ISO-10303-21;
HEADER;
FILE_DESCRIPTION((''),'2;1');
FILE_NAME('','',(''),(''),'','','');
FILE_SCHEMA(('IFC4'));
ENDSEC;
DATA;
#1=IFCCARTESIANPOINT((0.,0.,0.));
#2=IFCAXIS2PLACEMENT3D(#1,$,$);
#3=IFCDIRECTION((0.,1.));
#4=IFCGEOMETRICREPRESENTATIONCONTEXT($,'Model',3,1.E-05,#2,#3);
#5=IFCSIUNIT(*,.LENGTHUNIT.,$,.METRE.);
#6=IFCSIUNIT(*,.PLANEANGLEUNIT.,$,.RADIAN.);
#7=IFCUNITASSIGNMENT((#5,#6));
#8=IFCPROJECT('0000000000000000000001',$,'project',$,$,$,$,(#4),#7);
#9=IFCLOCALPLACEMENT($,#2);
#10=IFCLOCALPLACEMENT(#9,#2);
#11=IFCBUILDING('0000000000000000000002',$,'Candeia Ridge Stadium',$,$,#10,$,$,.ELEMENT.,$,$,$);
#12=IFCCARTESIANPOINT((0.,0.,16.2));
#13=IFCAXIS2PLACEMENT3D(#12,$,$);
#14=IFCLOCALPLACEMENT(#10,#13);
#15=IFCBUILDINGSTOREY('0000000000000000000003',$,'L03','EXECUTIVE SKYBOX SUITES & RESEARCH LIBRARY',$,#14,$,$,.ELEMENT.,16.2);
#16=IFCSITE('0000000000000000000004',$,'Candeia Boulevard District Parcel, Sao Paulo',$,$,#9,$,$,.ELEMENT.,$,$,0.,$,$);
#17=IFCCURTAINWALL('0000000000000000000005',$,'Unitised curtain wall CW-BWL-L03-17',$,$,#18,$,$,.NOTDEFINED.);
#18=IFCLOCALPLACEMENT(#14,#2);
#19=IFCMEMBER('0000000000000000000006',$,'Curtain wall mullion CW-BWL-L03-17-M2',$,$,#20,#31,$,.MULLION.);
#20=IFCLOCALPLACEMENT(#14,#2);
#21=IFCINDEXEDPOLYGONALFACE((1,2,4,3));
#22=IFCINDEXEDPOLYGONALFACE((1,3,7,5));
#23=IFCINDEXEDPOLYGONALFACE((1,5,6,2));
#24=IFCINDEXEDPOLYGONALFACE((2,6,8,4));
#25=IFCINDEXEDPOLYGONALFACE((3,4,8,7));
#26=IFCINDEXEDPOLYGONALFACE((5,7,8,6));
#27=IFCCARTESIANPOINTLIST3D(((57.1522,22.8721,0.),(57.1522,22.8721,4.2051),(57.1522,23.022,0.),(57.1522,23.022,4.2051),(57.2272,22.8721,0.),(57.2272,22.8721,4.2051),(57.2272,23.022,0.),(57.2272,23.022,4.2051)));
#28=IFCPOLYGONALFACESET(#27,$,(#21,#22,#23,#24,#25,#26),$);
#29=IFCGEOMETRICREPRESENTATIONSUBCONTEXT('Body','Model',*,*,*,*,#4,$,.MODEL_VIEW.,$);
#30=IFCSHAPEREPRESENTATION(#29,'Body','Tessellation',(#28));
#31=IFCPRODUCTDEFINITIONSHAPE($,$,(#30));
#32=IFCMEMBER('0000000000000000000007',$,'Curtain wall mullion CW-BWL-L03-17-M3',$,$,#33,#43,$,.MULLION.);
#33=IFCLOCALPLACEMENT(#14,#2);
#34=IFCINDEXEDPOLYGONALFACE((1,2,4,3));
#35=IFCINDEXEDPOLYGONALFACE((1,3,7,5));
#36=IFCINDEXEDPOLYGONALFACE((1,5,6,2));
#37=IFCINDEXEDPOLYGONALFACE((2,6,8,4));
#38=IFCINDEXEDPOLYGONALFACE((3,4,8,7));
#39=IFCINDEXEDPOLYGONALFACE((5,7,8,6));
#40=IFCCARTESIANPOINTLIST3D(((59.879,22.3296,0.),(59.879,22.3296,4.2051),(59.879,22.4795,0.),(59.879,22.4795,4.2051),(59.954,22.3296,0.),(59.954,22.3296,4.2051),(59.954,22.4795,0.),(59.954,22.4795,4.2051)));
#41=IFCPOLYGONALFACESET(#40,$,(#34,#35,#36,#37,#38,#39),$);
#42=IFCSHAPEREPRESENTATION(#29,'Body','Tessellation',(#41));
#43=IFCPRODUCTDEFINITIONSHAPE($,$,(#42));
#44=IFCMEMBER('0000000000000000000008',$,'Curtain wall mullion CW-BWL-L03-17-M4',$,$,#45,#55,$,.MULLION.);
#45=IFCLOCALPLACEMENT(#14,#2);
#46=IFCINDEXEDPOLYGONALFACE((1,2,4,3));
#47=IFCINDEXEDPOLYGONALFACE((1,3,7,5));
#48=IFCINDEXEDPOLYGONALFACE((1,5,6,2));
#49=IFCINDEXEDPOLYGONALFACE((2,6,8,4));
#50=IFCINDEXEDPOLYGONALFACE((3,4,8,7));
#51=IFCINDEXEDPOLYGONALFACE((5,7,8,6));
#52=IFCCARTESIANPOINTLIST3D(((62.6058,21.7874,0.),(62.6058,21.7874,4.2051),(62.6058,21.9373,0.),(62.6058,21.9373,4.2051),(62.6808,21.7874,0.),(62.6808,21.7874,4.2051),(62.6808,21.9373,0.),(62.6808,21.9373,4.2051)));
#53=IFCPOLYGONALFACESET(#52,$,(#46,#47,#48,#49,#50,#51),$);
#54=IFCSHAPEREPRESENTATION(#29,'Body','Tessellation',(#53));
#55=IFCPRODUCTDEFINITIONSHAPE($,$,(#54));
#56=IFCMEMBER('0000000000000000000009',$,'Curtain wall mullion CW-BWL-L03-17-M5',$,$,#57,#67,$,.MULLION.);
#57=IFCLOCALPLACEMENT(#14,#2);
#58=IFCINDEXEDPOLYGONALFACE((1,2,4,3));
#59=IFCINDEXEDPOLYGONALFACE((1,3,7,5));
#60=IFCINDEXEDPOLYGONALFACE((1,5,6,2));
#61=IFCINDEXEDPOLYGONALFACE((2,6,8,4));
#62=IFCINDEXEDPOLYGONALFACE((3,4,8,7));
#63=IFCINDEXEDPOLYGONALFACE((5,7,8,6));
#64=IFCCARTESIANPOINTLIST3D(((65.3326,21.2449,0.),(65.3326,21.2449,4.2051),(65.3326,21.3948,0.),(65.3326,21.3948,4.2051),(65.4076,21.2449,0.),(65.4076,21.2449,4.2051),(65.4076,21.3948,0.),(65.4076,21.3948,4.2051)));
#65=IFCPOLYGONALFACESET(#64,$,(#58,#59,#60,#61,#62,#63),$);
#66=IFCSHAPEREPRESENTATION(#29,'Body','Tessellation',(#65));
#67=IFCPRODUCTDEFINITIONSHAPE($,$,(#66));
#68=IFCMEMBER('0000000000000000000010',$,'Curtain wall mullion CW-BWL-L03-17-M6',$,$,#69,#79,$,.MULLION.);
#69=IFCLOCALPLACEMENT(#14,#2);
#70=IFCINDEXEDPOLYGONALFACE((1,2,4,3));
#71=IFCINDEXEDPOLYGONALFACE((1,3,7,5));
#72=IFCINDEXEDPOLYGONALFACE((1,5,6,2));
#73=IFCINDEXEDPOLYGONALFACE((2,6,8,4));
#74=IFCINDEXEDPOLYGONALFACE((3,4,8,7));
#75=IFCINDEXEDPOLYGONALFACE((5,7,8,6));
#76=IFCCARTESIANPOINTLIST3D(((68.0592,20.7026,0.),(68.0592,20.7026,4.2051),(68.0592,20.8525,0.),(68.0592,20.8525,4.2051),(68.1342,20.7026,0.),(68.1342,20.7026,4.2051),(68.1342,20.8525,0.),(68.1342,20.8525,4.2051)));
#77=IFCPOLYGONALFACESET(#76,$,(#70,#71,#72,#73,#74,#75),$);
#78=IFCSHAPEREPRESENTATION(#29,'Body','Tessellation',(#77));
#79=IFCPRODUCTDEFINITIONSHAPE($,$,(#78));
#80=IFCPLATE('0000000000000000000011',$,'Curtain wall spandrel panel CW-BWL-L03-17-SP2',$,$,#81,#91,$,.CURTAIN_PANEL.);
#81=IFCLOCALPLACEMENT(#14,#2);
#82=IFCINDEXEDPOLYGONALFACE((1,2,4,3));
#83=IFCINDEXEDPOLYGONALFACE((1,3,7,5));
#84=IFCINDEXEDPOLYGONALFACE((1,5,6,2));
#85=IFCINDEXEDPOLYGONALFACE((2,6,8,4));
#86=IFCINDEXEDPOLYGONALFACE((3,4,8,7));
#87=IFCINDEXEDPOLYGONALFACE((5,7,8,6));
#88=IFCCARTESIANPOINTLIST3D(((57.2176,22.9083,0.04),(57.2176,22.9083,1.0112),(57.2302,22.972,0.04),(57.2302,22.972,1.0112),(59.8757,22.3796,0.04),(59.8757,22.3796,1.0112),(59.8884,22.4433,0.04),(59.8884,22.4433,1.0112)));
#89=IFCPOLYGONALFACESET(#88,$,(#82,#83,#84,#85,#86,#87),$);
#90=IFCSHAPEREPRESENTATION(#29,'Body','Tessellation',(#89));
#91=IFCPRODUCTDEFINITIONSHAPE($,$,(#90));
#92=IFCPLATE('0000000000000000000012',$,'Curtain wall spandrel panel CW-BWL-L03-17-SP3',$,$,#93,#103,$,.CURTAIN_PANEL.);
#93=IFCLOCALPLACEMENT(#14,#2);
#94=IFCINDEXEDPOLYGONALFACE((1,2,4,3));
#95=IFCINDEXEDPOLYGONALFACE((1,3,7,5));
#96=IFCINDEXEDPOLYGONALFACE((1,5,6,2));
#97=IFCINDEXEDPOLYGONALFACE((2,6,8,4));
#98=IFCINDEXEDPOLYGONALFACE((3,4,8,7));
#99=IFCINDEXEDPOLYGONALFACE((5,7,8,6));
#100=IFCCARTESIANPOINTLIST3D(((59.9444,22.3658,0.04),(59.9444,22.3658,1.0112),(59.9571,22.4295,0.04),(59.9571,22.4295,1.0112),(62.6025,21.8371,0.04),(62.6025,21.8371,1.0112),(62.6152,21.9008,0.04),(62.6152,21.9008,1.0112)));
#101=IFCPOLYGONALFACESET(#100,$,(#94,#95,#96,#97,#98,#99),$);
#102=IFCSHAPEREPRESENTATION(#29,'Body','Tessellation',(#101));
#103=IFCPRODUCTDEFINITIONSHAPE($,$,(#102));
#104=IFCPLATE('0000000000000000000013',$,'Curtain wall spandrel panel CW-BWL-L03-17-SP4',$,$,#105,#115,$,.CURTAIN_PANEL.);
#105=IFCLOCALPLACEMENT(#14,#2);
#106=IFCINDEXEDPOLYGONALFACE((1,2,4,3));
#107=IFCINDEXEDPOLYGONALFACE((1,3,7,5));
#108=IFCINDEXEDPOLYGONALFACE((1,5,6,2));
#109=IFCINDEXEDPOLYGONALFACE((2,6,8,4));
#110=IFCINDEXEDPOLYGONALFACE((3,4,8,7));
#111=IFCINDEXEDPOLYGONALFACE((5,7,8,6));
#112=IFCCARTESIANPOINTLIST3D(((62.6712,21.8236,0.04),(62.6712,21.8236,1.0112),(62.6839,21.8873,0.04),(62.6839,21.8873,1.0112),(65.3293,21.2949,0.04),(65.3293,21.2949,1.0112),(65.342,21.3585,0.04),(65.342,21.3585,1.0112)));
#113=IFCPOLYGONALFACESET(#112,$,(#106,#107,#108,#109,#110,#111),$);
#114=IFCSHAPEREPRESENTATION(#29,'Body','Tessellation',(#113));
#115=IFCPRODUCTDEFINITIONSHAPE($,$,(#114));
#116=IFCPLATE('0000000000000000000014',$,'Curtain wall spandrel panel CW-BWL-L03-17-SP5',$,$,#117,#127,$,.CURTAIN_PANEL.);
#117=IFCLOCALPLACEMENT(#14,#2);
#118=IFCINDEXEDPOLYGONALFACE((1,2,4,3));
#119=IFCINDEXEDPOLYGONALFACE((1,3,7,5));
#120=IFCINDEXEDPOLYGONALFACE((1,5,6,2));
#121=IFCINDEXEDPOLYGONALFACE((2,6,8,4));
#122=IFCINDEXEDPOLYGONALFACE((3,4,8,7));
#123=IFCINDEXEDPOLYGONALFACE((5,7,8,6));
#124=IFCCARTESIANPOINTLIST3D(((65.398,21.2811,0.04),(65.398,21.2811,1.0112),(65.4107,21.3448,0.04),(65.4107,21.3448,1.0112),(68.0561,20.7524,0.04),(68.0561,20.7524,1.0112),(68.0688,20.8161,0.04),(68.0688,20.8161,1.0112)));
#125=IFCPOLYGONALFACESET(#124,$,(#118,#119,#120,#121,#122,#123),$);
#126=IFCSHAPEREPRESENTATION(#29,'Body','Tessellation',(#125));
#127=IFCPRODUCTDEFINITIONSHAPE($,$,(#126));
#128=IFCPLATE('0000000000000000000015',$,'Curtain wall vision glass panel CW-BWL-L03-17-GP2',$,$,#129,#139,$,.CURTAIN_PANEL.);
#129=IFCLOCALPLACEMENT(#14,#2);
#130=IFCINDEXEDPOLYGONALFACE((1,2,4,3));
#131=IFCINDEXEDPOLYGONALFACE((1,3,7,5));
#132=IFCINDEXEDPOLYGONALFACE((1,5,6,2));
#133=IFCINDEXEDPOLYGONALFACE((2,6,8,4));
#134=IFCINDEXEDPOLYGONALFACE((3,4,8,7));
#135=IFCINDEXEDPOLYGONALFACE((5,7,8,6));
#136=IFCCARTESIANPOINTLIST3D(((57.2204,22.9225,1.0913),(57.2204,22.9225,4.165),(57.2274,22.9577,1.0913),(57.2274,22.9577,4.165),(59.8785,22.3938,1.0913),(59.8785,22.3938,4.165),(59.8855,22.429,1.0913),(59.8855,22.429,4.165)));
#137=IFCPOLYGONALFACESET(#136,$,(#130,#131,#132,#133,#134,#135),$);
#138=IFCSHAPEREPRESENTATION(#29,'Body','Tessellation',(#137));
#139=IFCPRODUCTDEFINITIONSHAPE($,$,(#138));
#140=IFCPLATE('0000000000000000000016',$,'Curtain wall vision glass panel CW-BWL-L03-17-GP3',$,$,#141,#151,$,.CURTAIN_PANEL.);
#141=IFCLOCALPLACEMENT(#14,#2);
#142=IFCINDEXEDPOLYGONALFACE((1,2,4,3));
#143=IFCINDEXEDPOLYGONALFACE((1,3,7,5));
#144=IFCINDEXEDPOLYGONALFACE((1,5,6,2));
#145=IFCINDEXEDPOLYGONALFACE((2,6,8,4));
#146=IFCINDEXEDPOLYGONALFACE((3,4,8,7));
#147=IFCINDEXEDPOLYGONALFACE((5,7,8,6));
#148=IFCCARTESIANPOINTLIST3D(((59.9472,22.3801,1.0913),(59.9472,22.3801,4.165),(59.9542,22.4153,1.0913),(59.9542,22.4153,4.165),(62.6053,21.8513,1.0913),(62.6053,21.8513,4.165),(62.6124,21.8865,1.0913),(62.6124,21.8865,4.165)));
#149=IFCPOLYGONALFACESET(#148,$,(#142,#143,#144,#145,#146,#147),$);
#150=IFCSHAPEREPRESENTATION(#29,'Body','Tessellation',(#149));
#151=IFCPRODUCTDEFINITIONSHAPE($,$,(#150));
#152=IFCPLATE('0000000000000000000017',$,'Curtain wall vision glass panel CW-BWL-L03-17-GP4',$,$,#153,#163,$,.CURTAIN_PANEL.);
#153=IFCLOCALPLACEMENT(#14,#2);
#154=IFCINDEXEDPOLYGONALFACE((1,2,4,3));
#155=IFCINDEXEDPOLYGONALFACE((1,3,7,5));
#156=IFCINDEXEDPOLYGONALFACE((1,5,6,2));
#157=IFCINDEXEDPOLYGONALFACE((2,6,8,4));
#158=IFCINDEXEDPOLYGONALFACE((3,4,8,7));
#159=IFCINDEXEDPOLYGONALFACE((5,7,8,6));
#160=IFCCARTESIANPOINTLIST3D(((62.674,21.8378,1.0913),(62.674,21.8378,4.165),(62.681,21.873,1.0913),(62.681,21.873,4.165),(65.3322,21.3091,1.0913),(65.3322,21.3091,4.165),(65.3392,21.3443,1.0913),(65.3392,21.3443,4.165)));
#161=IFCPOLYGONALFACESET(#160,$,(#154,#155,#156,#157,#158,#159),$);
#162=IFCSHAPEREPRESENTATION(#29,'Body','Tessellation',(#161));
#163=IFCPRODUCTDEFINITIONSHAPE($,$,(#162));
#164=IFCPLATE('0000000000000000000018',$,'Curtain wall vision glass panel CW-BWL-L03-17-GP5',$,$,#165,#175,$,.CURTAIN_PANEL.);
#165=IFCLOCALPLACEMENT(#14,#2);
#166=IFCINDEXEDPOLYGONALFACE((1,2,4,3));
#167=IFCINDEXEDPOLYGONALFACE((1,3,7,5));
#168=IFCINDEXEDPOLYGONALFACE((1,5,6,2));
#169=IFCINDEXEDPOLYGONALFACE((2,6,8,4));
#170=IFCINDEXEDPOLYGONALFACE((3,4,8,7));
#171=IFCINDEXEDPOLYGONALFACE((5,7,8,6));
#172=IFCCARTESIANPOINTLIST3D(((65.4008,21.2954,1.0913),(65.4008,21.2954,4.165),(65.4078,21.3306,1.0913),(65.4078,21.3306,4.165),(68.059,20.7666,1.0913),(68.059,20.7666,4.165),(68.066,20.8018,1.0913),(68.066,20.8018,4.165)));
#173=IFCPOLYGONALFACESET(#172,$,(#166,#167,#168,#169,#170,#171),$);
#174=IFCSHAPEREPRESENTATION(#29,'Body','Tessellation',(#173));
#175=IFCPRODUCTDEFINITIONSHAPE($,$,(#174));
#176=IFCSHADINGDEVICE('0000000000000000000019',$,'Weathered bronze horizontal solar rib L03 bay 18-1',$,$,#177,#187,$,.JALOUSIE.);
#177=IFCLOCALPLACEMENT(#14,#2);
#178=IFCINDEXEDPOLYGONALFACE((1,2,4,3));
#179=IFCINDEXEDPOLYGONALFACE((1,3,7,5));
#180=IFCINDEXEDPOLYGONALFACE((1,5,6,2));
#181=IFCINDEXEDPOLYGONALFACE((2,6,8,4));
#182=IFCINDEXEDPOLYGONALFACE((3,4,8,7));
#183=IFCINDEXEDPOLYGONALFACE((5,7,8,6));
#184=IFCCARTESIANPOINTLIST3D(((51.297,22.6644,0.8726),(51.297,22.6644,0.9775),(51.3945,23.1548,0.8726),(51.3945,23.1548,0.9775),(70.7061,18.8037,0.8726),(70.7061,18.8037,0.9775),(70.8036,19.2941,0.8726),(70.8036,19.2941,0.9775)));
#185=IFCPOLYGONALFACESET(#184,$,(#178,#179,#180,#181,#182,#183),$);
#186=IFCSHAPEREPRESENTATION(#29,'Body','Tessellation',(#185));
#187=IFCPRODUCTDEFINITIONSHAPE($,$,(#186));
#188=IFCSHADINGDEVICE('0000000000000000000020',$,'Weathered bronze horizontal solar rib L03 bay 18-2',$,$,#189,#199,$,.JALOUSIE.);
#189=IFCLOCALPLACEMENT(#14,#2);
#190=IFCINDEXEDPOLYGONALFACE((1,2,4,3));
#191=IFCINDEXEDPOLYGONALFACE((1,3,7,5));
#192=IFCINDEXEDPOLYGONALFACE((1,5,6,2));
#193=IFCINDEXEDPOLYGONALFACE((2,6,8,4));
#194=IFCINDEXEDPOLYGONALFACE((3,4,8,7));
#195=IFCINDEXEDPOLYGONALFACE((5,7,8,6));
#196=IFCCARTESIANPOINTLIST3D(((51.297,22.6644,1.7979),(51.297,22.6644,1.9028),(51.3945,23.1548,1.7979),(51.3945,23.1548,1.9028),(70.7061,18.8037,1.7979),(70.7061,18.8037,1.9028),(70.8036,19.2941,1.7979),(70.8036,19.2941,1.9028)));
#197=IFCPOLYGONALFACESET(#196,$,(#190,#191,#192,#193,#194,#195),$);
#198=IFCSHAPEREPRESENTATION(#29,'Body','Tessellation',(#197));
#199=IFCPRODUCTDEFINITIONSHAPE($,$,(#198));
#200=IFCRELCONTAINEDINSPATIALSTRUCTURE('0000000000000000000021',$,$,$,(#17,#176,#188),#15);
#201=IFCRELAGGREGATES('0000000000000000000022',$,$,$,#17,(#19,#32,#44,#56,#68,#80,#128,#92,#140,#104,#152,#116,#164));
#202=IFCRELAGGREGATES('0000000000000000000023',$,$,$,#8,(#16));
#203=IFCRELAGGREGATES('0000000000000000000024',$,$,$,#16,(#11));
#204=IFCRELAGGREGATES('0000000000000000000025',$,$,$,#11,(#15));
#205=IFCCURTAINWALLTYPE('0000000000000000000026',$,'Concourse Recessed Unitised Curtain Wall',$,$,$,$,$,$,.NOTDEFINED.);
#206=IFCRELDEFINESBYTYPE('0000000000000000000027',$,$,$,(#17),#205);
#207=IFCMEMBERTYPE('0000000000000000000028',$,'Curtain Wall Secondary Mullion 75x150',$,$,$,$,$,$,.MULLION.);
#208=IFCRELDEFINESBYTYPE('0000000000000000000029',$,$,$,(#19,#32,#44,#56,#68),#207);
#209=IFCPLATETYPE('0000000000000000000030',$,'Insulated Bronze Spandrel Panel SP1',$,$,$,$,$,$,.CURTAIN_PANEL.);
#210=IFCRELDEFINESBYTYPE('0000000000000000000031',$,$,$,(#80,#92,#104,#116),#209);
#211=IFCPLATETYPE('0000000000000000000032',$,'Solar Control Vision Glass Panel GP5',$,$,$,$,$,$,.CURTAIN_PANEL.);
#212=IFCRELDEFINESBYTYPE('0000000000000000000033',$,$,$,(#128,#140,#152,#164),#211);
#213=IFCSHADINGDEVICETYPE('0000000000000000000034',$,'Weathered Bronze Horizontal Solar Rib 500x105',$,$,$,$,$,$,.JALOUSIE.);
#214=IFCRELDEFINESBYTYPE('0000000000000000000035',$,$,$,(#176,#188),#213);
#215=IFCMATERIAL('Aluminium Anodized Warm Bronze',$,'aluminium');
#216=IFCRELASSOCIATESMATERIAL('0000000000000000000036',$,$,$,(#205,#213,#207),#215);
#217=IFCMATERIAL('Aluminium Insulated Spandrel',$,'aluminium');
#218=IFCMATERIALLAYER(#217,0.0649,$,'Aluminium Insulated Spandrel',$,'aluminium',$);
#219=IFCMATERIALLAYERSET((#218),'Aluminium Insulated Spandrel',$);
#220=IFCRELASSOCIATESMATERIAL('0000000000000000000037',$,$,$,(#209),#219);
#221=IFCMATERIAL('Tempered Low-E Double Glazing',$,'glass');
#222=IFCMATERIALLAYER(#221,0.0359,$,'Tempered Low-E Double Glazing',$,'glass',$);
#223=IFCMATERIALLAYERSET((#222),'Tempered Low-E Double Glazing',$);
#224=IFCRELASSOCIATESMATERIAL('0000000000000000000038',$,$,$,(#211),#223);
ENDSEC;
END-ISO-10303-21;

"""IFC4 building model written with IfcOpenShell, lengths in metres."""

from ifc_helpers import new_model, si_unit, direction, frame, origin, origin_2d, place, context, subcontext, project, spatial, rectangle, extrude, material, layer, layer_set, material_profile, profile_set, type_object, element, aggregate, save


model = new_model("IFC4")

# Units and contexts
model_context = context("Model", 3, precision=1e-05, world=origin(), true_north=direction((0.0, 1.0)))
body_context = subcontext(model_context, "Body", "Model", "MODEL_VIEW")
ifc_project = project(units=[si_unit("LENGTHUNIT", "METRE"), si_unit("PLANEANGLEUNIT", "RADIAN")], contexts=[model_context])

# Site, building, storey
site_placement = place(None, origin())
site = spatial("IfcSite", under=ifc_project, at=site_placement, Name="Candeia Boulevard District Parcel, Sao Paulo", CompositionType="ELEMENT", RefElevation=0.0)
building_placement = place(site_placement, origin())
building = spatial("IfcBuilding", under=site, at=building_placement, Name="Candeia Ridge Stadium", CompositionType="ELEMENT")
storey_placement = place(building_placement, frame((0.0, 0.0, 16.2)))
storey = spatial("IfcBuildingStorey", under=building, at=storey_placement, Name="L03", Description="EXECUTIVE SKYBOX SUITES & RESEARCH LIBRARY", CompositionType="ELEMENT", Elevation=16.2)

# Curtain wall, members, plates
ifc_material_1 = material(Name="Aluminium Anodized Warm Bronze", Category="aluminium")
curtain_wall_type = type_object("IfcCurtainWallType", Name="Concourse Recessed Unitised Curtain Wall", PredefinedType="NOTDEFINED", material=ifc_material_1)
curtain_wall_placement = place(storey_placement, origin())
curtain_wall = element("IfcCurtainWall", 1, at=curtain_wall_placement, inside=storey, type_object=curtain_wall_type, Name="Unitised curtain wall CW-BWL-L03-17", PredefinedType="NOTDEFINED")
ifc_material_profile = material_profile(ifc_material_1, rectangle(XDim=0.075, YDim=0.1499, at=origin_2d()), Name="CWM-75x150", Category="aluminium")
ifc_profile_set = profile_set([ifc_material_profile], Name="Aluminium Anodized Warm Bronze")
member_type = type_object("IfcMemberType", Name="Curtain Wall Secondary Mullion 75x150", PredefinedType="MULLION", material=ifc_profile_set)
member_1_placement = place(storey_placement, frame((57.1897, 22.947, 0.0), z_axis=(0.0, 0.0, 1.0), x_axis=(1.0, 0.0, 0.0)))
member_1 = element("IfcMember", 2, at=member_1_placement, type_object=member_type, Name="Curtain wall mullion CW-BWL-L03-17-M2", PredefinedType="MULLION", context=body_context, shape_type="SweptSolid", body=[
    extrude(rectangle(XDim=0.075, YDim=0.1499, at=origin_2d()), origin(), (0.0, 0.0, 1.0), 4.2051),
])
member_2_placement = place(storey_placement, frame((59.9165, 22.4045, 0.0), z_axis=(0.0, 0.0, 1.0), x_axis=(1.0, 0.0, 0.0)))
member_2 = element("IfcMember", 3, at=member_2_placement, type_object=member_type, Name="Curtain wall mullion CW-BWL-L03-17-M3", PredefinedType="MULLION", context=body_context, shape_type="SweptSolid", body=[
    extrude(rectangle(XDim=0.075, YDim=0.1499, at=origin_2d()), origin(), (0.0, 0.0, 1.0), 4.2051),
])
member_3_placement = place(storey_placement, frame((62.6433, 21.8623, 0.0), z_axis=(0.0, 0.0, 1.0), x_axis=(1.0, 0.0, 0.0)))
member_3 = element("IfcMember", 4, at=member_3_placement, type_object=member_type, Name="Curtain wall mullion CW-BWL-L03-17-M4", PredefinedType="MULLION", context=body_context, shape_type="SweptSolid", body=[
    extrude(rectangle(XDim=0.075, YDim=0.1499, at=origin_2d()), origin(), (0.0, 0.0, 1.0), 4.2051),
])
member_4_placement = place(storey_placement, frame((65.3701, 21.3198, 0.0), z_axis=(0.0, 0.0, 1.0), x_axis=(1.0, 0.0, 0.0)))
member_4 = element("IfcMember", 5, at=member_4_placement, type_object=member_type, Name="Curtain wall mullion CW-BWL-L03-17-M5", PredefinedType="MULLION", context=body_context, shape_type="SweptSolid", body=[
    extrude(rectangle(XDim=0.075, YDim=0.1499, at=origin_2d()), origin(), (0.0, 0.0, 1.0), 4.2051),
])
member_5_placement = place(storey_placement, frame((68.0967, 20.7776, 0.0), z_axis=(0.0, 0.0, 1.0), x_axis=(1.0, 0.0, 0.0)))
member_5 = element("IfcMember", 6, at=member_5_placement, type_object=member_type, Name="Curtain wall mullion CW-BWL-L03-17-M6", PredefinedType="MULLION", context=body_context, shape_type="SweptSolid", body=[
    extrude(rectangle(XDim=0.075, YDim=0.1499, at=origin_2d()), origin(), (0.0, 0.0, 1.0), 4.2051),
])
ifc_material_2 = material(Name="Aluminium Insulated Spandrel", Category="aluminium")
ifc_layer_1 = layer(ifc_material_2, 0.0649, Name="Aluminium Insulated Spandrel", Category="aluminium")
ifc_layer_set_1 = layer_set([ifc_layer_1], Name="Aluminium Insulated Spandrel")
plate_type_1 = type_object("IfcPlateType", Name="Insulated Bronze Spandrel Panel SP1", PredefinedType="CURTAIN_PANEL", material=ifc_layer_set_1)
plate_1_placement = place(storey_placement, frame((58.553, 22.6758, 0.04), z_axis=(0.0, 0.0, 1.0), x_axis=(0.980785, -0.19509, 0.0)))
plate_1 = element("IfcPlate", 7, at=plate_1_placement, type_object=plate_type_1, Name="Curtain wall spandrel panel CW-BWL-L03-17-SP2", PredefinedType="CURTAIN_PANEL", context=body_context, shape_type="SweptSolid", body=[
    extrude(rectangle(XDim=2.7102, YDim=0.0649, at=origin_2d()), origin(), (0.0, 0.0, 1.0), 0.9712),
])
plate_2_placement = place(storey_placement, frame((61.2798, 22.1333, 0.04), z_axis=(0.0, 0.0, 1.0), x_axis=(0.980785, -0.19509, 0.0)))
plate_2 = element("IfcPlate", 8, at=plate_2_placement, type_object=plate_type_1, Name="Curtain wall spandrel panel CW-BWL-L03-17-SP3", PredefinedType="CURTAIN_PANEL", context=body_context, shape_type="SweptSolid", body=[
    extrude(rectangle(XDim=2.7102, YDim=0.0649, at=origin_2d()), origin(), (0.0, 0.0, 1.0), 0.9712),
])
plate_3_placement = place(storey_placement, frame((64.0066, 21.5911, 0.04), z_axis=(0.0, 0.0, 1.0), x_axis=(0.980785, -0.19509, 0.0)))
plate_3 = element("IfcPlate", 9, at=plate_3_placement, type_object=plate_type_1, Name="Curtain wall spandrel panel CW-BWL-L03-17-SP4", PredefinedType="CURTAIN_PANEL", context=body_context, shape_type="SweptSolid", body=[
    extrude(rectangle(XDim=2.7102, YDim=0.0649, at=origin_2d()), origin(), (0.0, 0.0, 1.0), 0.9712),
])
plate_4_placement = place(storey_placement, frame((66.7334, 21.0486, 0.04), z_axis=(0.0, 0.0, 1.0), x_axis=(0.980785, -0.19509, 0.0)))
plate_4 = element("IfcPlate", 10, at=plate_4_placement, type_object=plate_type_1, Name="Curtain wall spandrel panel CW-BWL-L03-17-SP5", PredefinedType="CURTAIN_PANEL", context=body_context, shape_type="SweptSolid", body=[
    extrude(rectangle(XDim=2.7102, YDim=0.0649, at=origin_2d()), origin(), (0.0, 0.0, 1.0), 0.9712),
])
ifc_material_3 = material(Name="Tempered Low-E Double Glazing", Category="glass")
ifc_layer_2 = layer(ifc_material_3, 0.0359, Name="Tempered Low-E Double Glazing", Category="glass")
ifc_layer_set_2 = layer_set([ifc_layer_2], Name="Tempered Low-E Double Glazing")
plate_type_2 = type_object("IfcPlateType", Name="Solar Control Vision Glass Panel GP5", PredefinedType="CURTAIN_PANEL", material=ifc_layer_set_2)
plate_5_placement = place(storey_placement, frame((58.553, 22.6758, 1.0913), z_axis=(0.0, 0.0, 1.0), x_axis=(0.980785, -0.19509, 0.0)))
plate_5 = element("IfcPlate", 11, at=plate_5_placement, type_object=plate_type_2, Name="Curtain wall vision glass panel CW-BWL-L03-17-GP2", PredefinedType="CURTAIN_PANEL", context=body_context, shape_type="SweptSolid", body=[
    extrude(rectangle(XDim=2.7102, YDim=0.0359, at=origin_2d()), origin(), (0.0, 0.0, 1.0), 3.0737),
])
plate_6_placement = place(storey_placement, frame((61.2798, 22.1333, 1.0913), z_axis=(0.0, 0.0, 1.0), x_axis=(0.980785, -0.19509, 0.0)))
plate_6 = element("IfcPlate", 12, at=plate_6_placement, type_object=plate_type_2, Name="Curtain wall vision glass panel CW-BWL-L03-17-GP3", PredefinedType="CURTAIN_PANEL", context=body_context, shape_type="SweptSolid", body=[
    extrude(rectangle(XDim=2.7102, YDim=0.0359, at=origin_2d()), origin(), (0.0, 0.0, 1.0), 3.0737),
])
plate_7_placement = place(storey_placement, frame((64.0066, 21.5911, 1.0913), z_axis=(0.0, 0.0, 1.0), x_axis=(0.980785, -0.19509, 0.0)))
plate_7 = element("IfcPlate", 13, at=plate_7_placement, type_object=plate_type_2, Name="Curtain wall vision glass panel CW-BWL-L03-17-GP4", PredefinedType="CURTAIN_PANEL", context=body_context, shape_type="SweptSolid", body=[
    extrude(rectangle(XDim=2.7102, YDim=0.0359, at=origin_2d()), origin(), (0.0, 0.0, 1.0), 3.0737),
])
plate_8_placement = place(storey_placement, frame((66.7334, 21.0486, 1.0913), z_axis=(0.0, 0.0, 1.0), x_axis=(0.980785, -0.19509, 0.0)))
plate_8 = element("IfcPlate", 14, at=plate_8_placement, type_object=plate_type_2, Name="Curtain wall vision glass panel CW-BWL-L03-17-GP5", PredefinedType="CURTAIN_PANEL", context=body_context, shape_type="SweptSolid", body=[
    extrude(rectangle(XDim=2.7102, YDim=0.0359, at=origin_2d()), origin(), (0.0, 0.0, 1.0), 3.0737),
])
aggregate(curtain_wall, [member_1, member_2, member_3, member_4, member_5, plate_1, plate_5, plate_2, plate_6, plate_3, plate_7, plate_4, plate_8])

# Shading devices
shading_device_type = type_object("IfcShadingDeviceType", Name="Weathered Bronze Horizontal Solar Rib 500x105", PredefinedType="JALOUSIE", material=ifc_material_1)
for number, where, z_axis, x_axis, name in (
    (15, (61.0503, 20.9792, 0.8726), (0.0, 0.0, 1.0), (0.980785, -0.19509, 0.0), "Weathered bronze horizontal solar rib L03 bay 18-1"),
    (16, (61.0503, 20.9792, 1.7979), (0.0, 0.0, 1.0), (0.980785, -0.19509, 0.0), "Weathered bronze horizontal solar rib L03 bay 18-2"),
):
    element("IfcShadingDevice", number, at=place(storey_placement, frame(where, z_axis=z_axis, x_axis=x_axis)), inside=storey, type_object=shading_device_type, Name=name, PredefinedType="JALOUSIE", context=body_context, shape_type="SweptSolid", body=[
        extrude(rectangle(XDim=19.7893, YDim=0.5, at=origin_2d()), origin(), (0.0, 0.0, 1.0), 0.105),
    ])

save(model, "model.ifc")
